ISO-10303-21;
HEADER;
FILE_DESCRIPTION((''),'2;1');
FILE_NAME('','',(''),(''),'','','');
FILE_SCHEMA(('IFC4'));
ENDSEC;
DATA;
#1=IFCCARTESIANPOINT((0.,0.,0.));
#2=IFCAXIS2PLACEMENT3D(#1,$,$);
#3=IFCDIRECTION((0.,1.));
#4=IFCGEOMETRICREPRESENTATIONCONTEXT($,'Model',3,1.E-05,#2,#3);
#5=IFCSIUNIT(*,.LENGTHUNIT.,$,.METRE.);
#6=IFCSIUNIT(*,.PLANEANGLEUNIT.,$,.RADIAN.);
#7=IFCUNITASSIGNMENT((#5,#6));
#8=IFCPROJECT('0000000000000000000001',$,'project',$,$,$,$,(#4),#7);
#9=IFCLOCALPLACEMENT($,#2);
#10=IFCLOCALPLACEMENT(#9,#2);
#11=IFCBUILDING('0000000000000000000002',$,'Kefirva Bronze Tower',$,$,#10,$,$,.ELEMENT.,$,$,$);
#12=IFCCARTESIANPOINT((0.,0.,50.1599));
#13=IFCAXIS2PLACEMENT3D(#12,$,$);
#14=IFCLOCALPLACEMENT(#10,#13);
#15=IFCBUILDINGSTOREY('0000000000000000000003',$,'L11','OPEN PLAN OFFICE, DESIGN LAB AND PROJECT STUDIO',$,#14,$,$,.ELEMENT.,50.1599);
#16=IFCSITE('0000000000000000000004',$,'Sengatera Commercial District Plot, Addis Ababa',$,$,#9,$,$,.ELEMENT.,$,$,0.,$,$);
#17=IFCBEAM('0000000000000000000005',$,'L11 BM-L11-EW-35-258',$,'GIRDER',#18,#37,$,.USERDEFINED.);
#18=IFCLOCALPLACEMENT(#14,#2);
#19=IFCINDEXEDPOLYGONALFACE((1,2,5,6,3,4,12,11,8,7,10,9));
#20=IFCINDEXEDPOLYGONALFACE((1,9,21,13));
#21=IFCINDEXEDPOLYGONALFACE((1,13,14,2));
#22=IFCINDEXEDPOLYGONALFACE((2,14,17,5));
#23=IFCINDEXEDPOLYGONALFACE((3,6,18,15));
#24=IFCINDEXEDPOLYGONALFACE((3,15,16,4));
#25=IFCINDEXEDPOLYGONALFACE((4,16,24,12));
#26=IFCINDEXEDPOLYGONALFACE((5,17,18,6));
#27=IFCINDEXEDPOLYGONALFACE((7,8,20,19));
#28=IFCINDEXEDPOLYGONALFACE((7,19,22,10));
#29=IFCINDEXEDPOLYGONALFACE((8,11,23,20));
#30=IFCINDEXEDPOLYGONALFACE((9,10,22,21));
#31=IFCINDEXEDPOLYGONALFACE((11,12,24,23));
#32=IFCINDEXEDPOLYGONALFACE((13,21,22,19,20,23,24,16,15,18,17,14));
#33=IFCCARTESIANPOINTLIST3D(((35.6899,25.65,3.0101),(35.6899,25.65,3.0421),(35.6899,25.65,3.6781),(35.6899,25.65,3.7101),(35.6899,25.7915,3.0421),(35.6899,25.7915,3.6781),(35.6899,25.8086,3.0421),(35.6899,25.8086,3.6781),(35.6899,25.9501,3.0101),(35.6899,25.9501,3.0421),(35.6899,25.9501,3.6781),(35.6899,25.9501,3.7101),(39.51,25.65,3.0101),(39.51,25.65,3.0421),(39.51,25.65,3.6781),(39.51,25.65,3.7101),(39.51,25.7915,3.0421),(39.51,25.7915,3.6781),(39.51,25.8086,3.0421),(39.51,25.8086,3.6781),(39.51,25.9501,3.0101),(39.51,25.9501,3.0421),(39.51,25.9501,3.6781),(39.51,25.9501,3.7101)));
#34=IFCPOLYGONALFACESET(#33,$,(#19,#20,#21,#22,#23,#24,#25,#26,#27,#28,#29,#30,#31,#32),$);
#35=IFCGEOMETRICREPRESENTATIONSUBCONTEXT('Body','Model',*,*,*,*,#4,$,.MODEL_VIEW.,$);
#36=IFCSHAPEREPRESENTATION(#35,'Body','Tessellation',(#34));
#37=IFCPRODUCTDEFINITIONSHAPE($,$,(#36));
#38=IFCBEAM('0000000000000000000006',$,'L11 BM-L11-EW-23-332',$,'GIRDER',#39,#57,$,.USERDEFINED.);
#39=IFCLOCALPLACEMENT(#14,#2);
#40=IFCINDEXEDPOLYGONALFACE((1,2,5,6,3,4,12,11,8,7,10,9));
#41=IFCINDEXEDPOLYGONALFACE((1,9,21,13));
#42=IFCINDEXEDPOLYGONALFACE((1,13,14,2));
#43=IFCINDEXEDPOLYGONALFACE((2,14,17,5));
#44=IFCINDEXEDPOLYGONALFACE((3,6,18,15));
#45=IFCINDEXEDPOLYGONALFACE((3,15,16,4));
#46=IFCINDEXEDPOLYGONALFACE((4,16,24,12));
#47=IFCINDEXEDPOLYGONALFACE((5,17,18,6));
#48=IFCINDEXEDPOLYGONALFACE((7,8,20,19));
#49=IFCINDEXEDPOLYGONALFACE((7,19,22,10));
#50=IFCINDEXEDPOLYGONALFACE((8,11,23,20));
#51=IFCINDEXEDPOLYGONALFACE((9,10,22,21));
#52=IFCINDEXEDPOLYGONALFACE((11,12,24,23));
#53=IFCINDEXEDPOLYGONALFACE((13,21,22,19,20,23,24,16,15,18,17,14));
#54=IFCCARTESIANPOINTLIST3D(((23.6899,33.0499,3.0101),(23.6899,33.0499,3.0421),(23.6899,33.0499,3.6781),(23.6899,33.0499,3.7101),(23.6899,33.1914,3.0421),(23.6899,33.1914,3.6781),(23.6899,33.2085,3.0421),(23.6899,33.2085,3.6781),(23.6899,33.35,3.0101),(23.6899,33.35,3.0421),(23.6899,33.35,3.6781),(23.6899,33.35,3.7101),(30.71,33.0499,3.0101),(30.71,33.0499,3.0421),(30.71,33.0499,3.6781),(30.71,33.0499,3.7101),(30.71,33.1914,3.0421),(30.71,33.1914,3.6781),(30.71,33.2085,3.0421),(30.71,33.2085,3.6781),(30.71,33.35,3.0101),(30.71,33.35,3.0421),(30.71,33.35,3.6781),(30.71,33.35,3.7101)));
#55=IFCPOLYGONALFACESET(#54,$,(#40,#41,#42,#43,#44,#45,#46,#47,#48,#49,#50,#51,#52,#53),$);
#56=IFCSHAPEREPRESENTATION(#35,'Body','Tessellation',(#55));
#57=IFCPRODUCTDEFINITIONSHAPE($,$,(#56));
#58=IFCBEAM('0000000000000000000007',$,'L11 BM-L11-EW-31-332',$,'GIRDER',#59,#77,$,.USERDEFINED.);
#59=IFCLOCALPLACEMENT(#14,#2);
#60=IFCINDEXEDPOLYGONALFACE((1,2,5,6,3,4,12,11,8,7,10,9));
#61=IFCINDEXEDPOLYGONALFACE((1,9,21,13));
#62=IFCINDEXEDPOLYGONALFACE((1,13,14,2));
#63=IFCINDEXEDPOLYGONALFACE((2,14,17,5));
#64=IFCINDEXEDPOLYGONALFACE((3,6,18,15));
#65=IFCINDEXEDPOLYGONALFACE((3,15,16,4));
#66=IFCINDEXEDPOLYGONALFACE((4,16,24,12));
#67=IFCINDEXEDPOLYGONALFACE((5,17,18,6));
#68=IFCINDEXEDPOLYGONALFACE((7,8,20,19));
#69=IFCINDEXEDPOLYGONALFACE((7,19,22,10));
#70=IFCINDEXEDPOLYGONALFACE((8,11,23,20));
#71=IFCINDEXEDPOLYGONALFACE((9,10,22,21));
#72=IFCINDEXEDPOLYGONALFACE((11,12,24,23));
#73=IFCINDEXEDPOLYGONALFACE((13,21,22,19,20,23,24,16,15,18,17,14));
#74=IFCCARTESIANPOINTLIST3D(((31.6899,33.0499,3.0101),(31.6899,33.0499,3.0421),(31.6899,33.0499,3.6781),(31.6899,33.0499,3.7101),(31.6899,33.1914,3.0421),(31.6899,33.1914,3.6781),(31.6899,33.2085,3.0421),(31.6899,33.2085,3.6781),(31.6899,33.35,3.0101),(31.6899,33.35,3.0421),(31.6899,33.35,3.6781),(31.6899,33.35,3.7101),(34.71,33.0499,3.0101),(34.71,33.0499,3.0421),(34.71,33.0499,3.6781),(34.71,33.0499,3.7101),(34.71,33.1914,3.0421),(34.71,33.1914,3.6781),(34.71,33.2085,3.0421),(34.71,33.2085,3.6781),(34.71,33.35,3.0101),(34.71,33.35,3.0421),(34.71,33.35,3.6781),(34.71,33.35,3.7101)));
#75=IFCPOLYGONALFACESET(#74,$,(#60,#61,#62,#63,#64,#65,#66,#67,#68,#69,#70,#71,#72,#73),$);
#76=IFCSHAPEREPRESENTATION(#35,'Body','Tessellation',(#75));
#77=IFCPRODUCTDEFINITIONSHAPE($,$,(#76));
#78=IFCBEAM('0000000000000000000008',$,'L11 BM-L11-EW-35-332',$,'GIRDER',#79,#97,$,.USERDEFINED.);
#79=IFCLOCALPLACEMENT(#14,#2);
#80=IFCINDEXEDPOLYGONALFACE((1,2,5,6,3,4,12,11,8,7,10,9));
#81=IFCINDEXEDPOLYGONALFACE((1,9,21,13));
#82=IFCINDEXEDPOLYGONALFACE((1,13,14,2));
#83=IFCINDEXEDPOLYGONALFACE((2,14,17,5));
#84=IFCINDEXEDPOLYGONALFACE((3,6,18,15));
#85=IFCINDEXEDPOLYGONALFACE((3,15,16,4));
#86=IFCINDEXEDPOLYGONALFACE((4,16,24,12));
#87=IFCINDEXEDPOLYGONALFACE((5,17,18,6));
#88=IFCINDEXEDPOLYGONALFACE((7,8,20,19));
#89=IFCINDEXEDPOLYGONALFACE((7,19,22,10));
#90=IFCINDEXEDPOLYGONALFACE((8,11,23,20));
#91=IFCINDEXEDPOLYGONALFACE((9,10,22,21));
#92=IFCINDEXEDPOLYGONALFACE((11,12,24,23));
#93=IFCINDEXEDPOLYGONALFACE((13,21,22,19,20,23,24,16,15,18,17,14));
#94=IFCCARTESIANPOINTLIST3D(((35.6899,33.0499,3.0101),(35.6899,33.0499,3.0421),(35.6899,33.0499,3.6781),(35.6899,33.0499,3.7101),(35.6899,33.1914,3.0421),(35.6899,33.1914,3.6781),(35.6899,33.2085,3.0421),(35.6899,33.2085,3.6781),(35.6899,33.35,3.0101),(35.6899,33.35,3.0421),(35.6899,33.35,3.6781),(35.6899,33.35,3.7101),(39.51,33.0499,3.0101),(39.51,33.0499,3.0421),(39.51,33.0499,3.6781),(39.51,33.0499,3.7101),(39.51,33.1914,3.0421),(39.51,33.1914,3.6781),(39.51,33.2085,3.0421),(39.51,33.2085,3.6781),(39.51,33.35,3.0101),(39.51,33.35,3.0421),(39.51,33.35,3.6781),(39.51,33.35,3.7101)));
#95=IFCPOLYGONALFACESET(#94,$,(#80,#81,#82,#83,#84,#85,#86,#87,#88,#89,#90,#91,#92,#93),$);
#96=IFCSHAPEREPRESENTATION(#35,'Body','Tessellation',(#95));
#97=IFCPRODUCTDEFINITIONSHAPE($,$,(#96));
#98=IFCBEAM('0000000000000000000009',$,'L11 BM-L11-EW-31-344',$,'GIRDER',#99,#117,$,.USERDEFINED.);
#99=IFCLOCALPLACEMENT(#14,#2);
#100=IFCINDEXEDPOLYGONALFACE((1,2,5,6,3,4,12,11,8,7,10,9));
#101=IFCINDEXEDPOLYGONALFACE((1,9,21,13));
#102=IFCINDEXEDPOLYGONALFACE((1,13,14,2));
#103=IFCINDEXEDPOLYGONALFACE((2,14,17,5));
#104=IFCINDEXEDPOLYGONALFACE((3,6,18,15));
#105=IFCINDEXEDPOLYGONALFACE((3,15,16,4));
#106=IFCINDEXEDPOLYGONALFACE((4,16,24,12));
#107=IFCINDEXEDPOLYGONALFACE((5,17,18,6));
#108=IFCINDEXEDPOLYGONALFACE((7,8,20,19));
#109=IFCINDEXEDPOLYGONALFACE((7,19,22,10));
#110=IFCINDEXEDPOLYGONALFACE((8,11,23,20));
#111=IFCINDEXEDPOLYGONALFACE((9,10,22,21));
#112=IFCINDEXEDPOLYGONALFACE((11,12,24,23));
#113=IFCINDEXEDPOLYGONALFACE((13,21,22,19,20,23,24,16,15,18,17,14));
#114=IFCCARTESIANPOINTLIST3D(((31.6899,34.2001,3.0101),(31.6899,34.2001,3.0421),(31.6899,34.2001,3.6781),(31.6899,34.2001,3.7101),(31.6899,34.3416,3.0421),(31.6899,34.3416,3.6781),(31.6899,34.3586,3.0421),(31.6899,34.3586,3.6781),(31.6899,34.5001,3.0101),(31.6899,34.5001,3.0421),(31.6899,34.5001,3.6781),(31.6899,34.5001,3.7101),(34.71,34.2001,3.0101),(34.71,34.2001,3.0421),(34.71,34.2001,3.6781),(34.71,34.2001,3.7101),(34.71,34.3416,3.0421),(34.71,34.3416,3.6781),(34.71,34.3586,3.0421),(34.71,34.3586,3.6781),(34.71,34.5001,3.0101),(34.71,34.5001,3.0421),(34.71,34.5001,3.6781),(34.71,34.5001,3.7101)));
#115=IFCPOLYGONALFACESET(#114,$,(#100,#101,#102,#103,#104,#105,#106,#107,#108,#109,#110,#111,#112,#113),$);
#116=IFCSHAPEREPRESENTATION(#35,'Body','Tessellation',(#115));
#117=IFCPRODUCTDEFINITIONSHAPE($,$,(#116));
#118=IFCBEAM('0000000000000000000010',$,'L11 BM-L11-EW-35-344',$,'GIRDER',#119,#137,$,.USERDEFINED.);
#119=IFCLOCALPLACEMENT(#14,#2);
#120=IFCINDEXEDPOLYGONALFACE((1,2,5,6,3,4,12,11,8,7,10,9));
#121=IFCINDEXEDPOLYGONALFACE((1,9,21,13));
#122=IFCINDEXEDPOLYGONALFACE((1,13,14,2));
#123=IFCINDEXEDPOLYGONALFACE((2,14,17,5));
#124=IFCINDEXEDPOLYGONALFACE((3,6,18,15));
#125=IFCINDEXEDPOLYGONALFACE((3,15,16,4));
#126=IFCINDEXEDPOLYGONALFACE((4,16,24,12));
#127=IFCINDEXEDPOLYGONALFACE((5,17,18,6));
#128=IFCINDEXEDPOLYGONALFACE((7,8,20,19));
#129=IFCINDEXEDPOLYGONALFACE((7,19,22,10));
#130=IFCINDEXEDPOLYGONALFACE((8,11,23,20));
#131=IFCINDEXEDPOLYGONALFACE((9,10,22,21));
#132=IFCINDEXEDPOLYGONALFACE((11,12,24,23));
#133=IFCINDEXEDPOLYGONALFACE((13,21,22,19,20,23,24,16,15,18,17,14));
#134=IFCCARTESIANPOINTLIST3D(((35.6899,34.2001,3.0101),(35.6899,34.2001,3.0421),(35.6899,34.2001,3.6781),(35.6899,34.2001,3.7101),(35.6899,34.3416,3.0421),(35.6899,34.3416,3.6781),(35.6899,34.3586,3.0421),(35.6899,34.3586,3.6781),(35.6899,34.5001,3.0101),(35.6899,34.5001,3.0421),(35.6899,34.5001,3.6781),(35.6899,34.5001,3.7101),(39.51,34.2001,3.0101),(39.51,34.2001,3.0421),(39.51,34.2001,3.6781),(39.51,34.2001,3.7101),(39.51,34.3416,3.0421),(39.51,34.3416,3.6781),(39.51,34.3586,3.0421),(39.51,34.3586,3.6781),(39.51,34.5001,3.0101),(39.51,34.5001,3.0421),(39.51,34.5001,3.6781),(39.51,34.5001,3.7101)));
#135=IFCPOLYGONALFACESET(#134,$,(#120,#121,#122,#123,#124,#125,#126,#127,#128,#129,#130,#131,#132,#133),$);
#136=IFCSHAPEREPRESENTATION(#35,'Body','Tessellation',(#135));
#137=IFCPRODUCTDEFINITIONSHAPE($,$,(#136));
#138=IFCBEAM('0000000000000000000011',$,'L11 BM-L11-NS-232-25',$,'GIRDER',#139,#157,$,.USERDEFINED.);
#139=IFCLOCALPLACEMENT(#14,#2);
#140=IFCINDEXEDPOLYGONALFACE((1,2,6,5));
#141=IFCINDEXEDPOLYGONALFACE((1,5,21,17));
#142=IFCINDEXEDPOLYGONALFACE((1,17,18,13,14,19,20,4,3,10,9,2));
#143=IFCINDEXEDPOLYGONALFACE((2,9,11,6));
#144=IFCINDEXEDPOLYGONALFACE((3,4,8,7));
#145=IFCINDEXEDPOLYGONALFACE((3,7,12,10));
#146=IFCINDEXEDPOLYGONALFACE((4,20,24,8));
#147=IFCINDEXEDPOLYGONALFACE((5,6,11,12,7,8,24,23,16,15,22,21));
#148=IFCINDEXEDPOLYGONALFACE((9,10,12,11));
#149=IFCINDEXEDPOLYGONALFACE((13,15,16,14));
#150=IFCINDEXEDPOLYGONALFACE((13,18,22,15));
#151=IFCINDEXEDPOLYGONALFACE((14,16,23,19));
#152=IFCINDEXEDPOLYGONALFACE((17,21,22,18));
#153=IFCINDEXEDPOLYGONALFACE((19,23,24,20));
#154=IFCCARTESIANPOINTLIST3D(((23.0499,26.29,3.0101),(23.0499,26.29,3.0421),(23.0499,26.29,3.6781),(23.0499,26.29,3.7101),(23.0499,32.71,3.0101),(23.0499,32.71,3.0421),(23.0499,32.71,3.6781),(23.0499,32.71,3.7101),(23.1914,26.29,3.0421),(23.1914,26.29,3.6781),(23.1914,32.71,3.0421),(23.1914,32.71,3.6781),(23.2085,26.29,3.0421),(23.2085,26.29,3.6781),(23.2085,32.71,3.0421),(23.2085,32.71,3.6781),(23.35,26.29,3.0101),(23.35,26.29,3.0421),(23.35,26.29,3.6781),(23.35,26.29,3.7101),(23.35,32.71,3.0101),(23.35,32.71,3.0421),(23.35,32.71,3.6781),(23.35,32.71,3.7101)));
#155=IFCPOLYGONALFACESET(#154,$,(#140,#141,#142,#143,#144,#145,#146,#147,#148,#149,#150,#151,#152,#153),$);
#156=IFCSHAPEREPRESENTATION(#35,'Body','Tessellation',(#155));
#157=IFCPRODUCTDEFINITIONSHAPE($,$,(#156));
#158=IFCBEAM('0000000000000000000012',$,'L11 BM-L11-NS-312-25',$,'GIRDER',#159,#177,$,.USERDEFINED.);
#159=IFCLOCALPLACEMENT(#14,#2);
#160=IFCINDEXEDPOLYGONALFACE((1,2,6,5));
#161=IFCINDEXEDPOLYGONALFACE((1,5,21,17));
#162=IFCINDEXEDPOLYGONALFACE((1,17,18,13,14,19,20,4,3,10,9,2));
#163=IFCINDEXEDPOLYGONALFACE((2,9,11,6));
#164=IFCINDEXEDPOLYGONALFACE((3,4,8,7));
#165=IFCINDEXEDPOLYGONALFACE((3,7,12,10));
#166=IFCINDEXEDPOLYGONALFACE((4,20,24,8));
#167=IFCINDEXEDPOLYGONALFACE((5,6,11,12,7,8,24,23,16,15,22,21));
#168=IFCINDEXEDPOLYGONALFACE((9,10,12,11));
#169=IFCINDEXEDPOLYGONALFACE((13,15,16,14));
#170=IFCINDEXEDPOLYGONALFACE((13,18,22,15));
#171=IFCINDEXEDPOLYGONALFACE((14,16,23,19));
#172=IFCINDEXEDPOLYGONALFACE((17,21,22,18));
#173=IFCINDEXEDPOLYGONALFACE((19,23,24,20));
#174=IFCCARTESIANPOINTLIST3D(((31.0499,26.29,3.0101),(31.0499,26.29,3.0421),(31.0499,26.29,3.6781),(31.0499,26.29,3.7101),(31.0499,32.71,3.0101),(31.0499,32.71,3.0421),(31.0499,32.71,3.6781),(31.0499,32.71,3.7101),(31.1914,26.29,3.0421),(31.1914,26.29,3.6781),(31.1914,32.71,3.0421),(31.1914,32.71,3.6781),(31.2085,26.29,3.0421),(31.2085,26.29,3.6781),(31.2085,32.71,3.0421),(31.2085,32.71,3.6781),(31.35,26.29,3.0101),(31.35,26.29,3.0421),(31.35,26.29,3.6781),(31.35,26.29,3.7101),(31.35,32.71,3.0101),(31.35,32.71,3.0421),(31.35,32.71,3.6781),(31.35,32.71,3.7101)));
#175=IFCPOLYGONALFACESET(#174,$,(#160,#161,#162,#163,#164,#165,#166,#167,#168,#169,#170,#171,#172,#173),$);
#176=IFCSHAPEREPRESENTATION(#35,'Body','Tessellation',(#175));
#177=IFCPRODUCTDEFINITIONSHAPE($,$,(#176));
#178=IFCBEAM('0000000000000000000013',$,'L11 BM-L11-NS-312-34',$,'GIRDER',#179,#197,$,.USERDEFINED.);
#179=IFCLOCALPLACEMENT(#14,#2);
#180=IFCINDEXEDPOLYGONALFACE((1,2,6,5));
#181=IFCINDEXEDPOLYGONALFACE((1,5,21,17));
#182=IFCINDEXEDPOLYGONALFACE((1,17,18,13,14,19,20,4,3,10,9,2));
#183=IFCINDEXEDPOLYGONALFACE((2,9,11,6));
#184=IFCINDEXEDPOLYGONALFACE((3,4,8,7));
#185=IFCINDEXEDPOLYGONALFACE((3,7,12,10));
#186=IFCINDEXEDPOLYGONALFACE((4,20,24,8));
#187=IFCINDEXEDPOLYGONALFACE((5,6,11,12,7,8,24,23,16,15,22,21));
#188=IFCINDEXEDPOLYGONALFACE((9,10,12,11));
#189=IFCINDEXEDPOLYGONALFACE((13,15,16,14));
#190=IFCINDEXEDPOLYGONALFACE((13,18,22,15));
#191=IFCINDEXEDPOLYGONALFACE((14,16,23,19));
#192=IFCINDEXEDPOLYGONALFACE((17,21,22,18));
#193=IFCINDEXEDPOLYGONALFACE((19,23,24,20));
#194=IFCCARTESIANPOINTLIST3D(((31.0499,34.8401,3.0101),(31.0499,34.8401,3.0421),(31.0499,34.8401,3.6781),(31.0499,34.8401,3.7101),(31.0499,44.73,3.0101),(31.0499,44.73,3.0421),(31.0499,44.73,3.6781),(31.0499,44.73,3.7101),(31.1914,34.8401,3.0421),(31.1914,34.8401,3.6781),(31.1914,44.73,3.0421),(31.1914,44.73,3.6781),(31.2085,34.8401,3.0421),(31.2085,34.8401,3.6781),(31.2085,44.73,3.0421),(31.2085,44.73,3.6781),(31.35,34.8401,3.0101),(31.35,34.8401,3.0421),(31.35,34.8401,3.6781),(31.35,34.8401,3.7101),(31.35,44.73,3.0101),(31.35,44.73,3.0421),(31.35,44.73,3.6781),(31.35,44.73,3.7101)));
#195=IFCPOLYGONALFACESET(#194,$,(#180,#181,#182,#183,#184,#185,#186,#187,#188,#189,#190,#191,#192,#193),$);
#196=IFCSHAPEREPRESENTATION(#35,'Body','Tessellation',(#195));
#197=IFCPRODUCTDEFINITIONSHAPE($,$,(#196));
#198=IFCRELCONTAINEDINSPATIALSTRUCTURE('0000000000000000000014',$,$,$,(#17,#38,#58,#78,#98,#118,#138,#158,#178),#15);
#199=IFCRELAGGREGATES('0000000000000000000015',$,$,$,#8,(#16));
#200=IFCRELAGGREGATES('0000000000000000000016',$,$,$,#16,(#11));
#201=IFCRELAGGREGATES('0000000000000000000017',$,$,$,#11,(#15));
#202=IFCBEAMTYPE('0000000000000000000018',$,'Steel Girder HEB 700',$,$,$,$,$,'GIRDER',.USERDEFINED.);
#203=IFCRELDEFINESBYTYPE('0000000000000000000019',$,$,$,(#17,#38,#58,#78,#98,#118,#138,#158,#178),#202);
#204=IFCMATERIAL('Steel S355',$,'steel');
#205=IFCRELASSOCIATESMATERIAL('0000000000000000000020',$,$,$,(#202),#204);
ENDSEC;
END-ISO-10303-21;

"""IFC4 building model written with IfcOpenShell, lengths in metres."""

from ifc_helpers import new_model, si_unit, direction, frame, origin, origin_2d, place, context, subcontext, project, spatial, i_section, extrude, material, material_profile, profile_set, type_object, element, save


model = new_model("IFC4")

# Units and contexts
model_context = context("Model", 3, precision=1e-05, world=origin(), true_north=direction((0.0, 1.0)))
body_context = subcontext(model_context, "Body", "Model", "MODEL_VIEW")
ifc_project = project(units=[si_unit("LENGTHUNIT", "METRE"), si_unit("PLANEANGLEUNIT", "RADIAN")], contexts=[model_context])

# Site, building, storey
site_placement = place(None, origin())
site = spatial("IfcSite", under=ifc_project, at=site_placement, Name="Sengatera Commercial District Plot, Addis Ababa", CompositionType="ELEMENT", RefElevation=0.0)
building_placement = place(site_placement, origin())
building = spatial("IfcBuilding", under=site, at=building_placement, Name="Kefirva Bronze Tower", CompositionType="ELEMENT")
storey_placement = place(building_placement, frame((0.0, 0.0, 50.1599)))
storey = spatial("IfcBuildingStorey", under=building, at=storey_placement, Name="L11", Description="OPEN PLAN OFFICE, DESIGN LAB AND PROJECT STUDIO", CompositionType="ELEMENT", Elevation=50.1599)

# Beams
ifc_material_1 = material(Name="Steel S355", Category="steel")
ifc_material_profile_1 = material_profile(ifc_material_1, i_section(OverallWidth=0.3, OverallDepth=0.7, WebThickness=0.0171, FlangeThickness=0.032, at=origin_2d()), Name="HEB 700")
ifc_profile_set_1 = profile_set([ifc_material_profile_1], Name="Steel S355")
beam_type_1 = type_object("IfcBeamType", Name="Steel Girder HEB 700", ElementType="GIRDER", PredefinedType="USERDEFINED", material=ifc_profile_set_1)
beam_1_placement = place(storey_placement, frame((35.6899, 25.8, 3.3601), z_axis=(1.0, 0.0, 0.0), x_axis=(0.0, 1.0, 0.0)))
element("IfcBeam", 1, at=beam_1_placement, inside=storey, type_object=beam_type_1, Name="L11 BM-L11-EW-35-258", ObjectType="GIRDER", PredefinedType="USERDEFINED", context=body_context, shape_type="SweptSolid", body=[
    extrude(i_section(OverallWidth=0.3, OverallDepth=0.7, WebThickness=0.0171, FlangeThickness=0.032, at=origin_2d()), origin(), (0.0, 0.0, 1.0), 3.8201),
])
beam_2_placement = place(storey_placement, frame((23.6899, 33.2, 3.3601), z_axis=(1.0, 0.0, 0.0), x_axis=(0.0, 1.0, 0.0)))
element("IfcBeam", 2, at=beam_2_placement, inside=storey, type_object=beam_type_1, Name="L11 BM-L11-EW-23-332", ObjectType="GIRDER", PredefinedType="USERDEFINED", context=body_context, shape_type="SweptSolid", body=[
    extrude(i_section(OverallWidth=0.3, OverallDepth=0.7, WebThickness=0.0171, FlangeThickness=0.032, at=origin_2d()), origin(), (0.0, 0.0, 1.0), 7.02),
])
beam_3_placement = place(storey_placement, frame((31.6899, 33.2, 3.3601), z_axis=(1.0, 0.0, 0.0), x_axis=(0.0, 1.0, 0.0)))
element("IfcBeam", 3, at=beam_3_placement, inside=storey, type_object=beam_type_1, Name="L11 BM-L11-EW-31-332", ObjectType="GIRDER", PredefinedType="USERDEFINED", context=body_context, shape_type="SweptSolid", body=[
    extrude(i_section(OverallWidth=0.3, OverallDepth=0.7, WebThickness=0.0171, FlangeThickness=0.032, at=origin_2d()), origin(), (0.0, 0.0, 1.0), 3.02),
])
beam_4_placement = place(storey_placement, frame((35.6899, 33.2, 3.3601), z_axis=(1.0, 0.0, 0.0), x_axis=(0.0, 1.0, 0.0)))
element("IfcBeam", 4, at=beam_4_placement, inside=storey, type_object=beam_type_1, Name="L11 BM-L11-EW-35-332", ObjectType="GIRDER", PredefinedType="USERDEFINED", context=body_context, shape_type="SweptSolid", body=[
    extrude(i_section(OverallWidth=0.3, OverallDepth=0.7, WebThickness=0.0171, FlangeThickness=0.032, at=origin_2d()), origin(), (0.0, 0.0, 1.0), 3.8201),
])
beam_5_placement = place(storey_placement, frame((31.6899, 34.3501, 3.3601), z_axis=(1.0, 0.0, 0.0), x_axis=(0.0, 1.0, 0.0)))
element("IfcBeam", 5, at=beam_5_placement, inside=storey, type_object=beam_type_1, Name="L11 BM-L11-EW-31-344", ObjectType="GIRDER", PredefinedType="USERDEFINED", context=body_context, shape_type="SweptSolid", body=[
    extrude(i_section(OverallWidth=0.3, OverallDepth=0.7, WebThickness=0.0171, FlangeThickness=0.032, at=origin_2d()), origin(), (0.0, 0.0, 1.0), 3.02),
])
beam_6_placement = place(storey_placement, frame((35.6899, 34.3501, 3.3601), z_axis=(1.0, 0.0, 0.0), x_axis=(0.0, 1.0, 0.0)))
element("IfcBeam", 6, at=beam_6_placement, inside=storey, type_object=beam_type_1, Name="L11 BM-L11-EW-35-344", ObjectType="GIRDER", PredefinedType="USERDEFINED", context=body_context, shape_type="SweptSolid", body=[
    extrude(i_section(OverallWidth=0.3, OverallDepth=0.7, WebThickness=0.0171, FlangeThickness=0.032, at=origin_2d()), origin(), (0.0, 0.0, 1.0), 3.8201),
])
for number, where, z_axis, x_axis, name in (
    (7, (23.2, 26.29, 3.3601), (0.0, 1.0, 0.0), (-1.0, 0.0, 0.0), "L11 BM-L11-NS-232-25"),
    (8, (31.2, 26.29, 3.3601), (0.0, 1.0, 0.0), (-1.0, 0.0, 0.0), "L11 BM-L11-NS-312-25"),
):
    element("IfcBeam", number, at=place(storey_placement, frame(where, z_axis=z_axis, x_axis=x_axis)), inside=storey, type_object=beam_type_1, Name=name, ObjectType="GIRDER", PredefinedType="USERDEFINED", context=body_context, shape_type="SweptSolid", body=[
        extrude(i_section(OverallWidth=0.3, OverallDepth=0.7, WebThickness=0.0171, FlangeThickness=0.032, at=origin_2d()), origin(), (0.0, 0.0, 1.0), 6.4199),
    ])
beam_7_placement = place(storey_placement, frame((31.2, 34.8401, 3.3601), z_axis=(0.0, 1.0, 0.0), x_axis=(-1.0, 0.0, 0.0)))
element("IfcBeam", 9, at=beam_7_placement, inside=storey, type_object=beam_type_1, Name="L11 BM-L11-NS-312-34", ObjectType="GIRDER", PredefinedType="USERDEFINED", context=body_context, shape_type="SweptSolid", body=[
    extrude(i_section(OverallWidth=0.3, OverallDepth=0.7, WebThickness=0.0171, FlangeThickness=0.032, at=origin_2d()), origin(), (0.0, 0.0, 1.0), 9.8899),
])

save(model, "model.ifc")
